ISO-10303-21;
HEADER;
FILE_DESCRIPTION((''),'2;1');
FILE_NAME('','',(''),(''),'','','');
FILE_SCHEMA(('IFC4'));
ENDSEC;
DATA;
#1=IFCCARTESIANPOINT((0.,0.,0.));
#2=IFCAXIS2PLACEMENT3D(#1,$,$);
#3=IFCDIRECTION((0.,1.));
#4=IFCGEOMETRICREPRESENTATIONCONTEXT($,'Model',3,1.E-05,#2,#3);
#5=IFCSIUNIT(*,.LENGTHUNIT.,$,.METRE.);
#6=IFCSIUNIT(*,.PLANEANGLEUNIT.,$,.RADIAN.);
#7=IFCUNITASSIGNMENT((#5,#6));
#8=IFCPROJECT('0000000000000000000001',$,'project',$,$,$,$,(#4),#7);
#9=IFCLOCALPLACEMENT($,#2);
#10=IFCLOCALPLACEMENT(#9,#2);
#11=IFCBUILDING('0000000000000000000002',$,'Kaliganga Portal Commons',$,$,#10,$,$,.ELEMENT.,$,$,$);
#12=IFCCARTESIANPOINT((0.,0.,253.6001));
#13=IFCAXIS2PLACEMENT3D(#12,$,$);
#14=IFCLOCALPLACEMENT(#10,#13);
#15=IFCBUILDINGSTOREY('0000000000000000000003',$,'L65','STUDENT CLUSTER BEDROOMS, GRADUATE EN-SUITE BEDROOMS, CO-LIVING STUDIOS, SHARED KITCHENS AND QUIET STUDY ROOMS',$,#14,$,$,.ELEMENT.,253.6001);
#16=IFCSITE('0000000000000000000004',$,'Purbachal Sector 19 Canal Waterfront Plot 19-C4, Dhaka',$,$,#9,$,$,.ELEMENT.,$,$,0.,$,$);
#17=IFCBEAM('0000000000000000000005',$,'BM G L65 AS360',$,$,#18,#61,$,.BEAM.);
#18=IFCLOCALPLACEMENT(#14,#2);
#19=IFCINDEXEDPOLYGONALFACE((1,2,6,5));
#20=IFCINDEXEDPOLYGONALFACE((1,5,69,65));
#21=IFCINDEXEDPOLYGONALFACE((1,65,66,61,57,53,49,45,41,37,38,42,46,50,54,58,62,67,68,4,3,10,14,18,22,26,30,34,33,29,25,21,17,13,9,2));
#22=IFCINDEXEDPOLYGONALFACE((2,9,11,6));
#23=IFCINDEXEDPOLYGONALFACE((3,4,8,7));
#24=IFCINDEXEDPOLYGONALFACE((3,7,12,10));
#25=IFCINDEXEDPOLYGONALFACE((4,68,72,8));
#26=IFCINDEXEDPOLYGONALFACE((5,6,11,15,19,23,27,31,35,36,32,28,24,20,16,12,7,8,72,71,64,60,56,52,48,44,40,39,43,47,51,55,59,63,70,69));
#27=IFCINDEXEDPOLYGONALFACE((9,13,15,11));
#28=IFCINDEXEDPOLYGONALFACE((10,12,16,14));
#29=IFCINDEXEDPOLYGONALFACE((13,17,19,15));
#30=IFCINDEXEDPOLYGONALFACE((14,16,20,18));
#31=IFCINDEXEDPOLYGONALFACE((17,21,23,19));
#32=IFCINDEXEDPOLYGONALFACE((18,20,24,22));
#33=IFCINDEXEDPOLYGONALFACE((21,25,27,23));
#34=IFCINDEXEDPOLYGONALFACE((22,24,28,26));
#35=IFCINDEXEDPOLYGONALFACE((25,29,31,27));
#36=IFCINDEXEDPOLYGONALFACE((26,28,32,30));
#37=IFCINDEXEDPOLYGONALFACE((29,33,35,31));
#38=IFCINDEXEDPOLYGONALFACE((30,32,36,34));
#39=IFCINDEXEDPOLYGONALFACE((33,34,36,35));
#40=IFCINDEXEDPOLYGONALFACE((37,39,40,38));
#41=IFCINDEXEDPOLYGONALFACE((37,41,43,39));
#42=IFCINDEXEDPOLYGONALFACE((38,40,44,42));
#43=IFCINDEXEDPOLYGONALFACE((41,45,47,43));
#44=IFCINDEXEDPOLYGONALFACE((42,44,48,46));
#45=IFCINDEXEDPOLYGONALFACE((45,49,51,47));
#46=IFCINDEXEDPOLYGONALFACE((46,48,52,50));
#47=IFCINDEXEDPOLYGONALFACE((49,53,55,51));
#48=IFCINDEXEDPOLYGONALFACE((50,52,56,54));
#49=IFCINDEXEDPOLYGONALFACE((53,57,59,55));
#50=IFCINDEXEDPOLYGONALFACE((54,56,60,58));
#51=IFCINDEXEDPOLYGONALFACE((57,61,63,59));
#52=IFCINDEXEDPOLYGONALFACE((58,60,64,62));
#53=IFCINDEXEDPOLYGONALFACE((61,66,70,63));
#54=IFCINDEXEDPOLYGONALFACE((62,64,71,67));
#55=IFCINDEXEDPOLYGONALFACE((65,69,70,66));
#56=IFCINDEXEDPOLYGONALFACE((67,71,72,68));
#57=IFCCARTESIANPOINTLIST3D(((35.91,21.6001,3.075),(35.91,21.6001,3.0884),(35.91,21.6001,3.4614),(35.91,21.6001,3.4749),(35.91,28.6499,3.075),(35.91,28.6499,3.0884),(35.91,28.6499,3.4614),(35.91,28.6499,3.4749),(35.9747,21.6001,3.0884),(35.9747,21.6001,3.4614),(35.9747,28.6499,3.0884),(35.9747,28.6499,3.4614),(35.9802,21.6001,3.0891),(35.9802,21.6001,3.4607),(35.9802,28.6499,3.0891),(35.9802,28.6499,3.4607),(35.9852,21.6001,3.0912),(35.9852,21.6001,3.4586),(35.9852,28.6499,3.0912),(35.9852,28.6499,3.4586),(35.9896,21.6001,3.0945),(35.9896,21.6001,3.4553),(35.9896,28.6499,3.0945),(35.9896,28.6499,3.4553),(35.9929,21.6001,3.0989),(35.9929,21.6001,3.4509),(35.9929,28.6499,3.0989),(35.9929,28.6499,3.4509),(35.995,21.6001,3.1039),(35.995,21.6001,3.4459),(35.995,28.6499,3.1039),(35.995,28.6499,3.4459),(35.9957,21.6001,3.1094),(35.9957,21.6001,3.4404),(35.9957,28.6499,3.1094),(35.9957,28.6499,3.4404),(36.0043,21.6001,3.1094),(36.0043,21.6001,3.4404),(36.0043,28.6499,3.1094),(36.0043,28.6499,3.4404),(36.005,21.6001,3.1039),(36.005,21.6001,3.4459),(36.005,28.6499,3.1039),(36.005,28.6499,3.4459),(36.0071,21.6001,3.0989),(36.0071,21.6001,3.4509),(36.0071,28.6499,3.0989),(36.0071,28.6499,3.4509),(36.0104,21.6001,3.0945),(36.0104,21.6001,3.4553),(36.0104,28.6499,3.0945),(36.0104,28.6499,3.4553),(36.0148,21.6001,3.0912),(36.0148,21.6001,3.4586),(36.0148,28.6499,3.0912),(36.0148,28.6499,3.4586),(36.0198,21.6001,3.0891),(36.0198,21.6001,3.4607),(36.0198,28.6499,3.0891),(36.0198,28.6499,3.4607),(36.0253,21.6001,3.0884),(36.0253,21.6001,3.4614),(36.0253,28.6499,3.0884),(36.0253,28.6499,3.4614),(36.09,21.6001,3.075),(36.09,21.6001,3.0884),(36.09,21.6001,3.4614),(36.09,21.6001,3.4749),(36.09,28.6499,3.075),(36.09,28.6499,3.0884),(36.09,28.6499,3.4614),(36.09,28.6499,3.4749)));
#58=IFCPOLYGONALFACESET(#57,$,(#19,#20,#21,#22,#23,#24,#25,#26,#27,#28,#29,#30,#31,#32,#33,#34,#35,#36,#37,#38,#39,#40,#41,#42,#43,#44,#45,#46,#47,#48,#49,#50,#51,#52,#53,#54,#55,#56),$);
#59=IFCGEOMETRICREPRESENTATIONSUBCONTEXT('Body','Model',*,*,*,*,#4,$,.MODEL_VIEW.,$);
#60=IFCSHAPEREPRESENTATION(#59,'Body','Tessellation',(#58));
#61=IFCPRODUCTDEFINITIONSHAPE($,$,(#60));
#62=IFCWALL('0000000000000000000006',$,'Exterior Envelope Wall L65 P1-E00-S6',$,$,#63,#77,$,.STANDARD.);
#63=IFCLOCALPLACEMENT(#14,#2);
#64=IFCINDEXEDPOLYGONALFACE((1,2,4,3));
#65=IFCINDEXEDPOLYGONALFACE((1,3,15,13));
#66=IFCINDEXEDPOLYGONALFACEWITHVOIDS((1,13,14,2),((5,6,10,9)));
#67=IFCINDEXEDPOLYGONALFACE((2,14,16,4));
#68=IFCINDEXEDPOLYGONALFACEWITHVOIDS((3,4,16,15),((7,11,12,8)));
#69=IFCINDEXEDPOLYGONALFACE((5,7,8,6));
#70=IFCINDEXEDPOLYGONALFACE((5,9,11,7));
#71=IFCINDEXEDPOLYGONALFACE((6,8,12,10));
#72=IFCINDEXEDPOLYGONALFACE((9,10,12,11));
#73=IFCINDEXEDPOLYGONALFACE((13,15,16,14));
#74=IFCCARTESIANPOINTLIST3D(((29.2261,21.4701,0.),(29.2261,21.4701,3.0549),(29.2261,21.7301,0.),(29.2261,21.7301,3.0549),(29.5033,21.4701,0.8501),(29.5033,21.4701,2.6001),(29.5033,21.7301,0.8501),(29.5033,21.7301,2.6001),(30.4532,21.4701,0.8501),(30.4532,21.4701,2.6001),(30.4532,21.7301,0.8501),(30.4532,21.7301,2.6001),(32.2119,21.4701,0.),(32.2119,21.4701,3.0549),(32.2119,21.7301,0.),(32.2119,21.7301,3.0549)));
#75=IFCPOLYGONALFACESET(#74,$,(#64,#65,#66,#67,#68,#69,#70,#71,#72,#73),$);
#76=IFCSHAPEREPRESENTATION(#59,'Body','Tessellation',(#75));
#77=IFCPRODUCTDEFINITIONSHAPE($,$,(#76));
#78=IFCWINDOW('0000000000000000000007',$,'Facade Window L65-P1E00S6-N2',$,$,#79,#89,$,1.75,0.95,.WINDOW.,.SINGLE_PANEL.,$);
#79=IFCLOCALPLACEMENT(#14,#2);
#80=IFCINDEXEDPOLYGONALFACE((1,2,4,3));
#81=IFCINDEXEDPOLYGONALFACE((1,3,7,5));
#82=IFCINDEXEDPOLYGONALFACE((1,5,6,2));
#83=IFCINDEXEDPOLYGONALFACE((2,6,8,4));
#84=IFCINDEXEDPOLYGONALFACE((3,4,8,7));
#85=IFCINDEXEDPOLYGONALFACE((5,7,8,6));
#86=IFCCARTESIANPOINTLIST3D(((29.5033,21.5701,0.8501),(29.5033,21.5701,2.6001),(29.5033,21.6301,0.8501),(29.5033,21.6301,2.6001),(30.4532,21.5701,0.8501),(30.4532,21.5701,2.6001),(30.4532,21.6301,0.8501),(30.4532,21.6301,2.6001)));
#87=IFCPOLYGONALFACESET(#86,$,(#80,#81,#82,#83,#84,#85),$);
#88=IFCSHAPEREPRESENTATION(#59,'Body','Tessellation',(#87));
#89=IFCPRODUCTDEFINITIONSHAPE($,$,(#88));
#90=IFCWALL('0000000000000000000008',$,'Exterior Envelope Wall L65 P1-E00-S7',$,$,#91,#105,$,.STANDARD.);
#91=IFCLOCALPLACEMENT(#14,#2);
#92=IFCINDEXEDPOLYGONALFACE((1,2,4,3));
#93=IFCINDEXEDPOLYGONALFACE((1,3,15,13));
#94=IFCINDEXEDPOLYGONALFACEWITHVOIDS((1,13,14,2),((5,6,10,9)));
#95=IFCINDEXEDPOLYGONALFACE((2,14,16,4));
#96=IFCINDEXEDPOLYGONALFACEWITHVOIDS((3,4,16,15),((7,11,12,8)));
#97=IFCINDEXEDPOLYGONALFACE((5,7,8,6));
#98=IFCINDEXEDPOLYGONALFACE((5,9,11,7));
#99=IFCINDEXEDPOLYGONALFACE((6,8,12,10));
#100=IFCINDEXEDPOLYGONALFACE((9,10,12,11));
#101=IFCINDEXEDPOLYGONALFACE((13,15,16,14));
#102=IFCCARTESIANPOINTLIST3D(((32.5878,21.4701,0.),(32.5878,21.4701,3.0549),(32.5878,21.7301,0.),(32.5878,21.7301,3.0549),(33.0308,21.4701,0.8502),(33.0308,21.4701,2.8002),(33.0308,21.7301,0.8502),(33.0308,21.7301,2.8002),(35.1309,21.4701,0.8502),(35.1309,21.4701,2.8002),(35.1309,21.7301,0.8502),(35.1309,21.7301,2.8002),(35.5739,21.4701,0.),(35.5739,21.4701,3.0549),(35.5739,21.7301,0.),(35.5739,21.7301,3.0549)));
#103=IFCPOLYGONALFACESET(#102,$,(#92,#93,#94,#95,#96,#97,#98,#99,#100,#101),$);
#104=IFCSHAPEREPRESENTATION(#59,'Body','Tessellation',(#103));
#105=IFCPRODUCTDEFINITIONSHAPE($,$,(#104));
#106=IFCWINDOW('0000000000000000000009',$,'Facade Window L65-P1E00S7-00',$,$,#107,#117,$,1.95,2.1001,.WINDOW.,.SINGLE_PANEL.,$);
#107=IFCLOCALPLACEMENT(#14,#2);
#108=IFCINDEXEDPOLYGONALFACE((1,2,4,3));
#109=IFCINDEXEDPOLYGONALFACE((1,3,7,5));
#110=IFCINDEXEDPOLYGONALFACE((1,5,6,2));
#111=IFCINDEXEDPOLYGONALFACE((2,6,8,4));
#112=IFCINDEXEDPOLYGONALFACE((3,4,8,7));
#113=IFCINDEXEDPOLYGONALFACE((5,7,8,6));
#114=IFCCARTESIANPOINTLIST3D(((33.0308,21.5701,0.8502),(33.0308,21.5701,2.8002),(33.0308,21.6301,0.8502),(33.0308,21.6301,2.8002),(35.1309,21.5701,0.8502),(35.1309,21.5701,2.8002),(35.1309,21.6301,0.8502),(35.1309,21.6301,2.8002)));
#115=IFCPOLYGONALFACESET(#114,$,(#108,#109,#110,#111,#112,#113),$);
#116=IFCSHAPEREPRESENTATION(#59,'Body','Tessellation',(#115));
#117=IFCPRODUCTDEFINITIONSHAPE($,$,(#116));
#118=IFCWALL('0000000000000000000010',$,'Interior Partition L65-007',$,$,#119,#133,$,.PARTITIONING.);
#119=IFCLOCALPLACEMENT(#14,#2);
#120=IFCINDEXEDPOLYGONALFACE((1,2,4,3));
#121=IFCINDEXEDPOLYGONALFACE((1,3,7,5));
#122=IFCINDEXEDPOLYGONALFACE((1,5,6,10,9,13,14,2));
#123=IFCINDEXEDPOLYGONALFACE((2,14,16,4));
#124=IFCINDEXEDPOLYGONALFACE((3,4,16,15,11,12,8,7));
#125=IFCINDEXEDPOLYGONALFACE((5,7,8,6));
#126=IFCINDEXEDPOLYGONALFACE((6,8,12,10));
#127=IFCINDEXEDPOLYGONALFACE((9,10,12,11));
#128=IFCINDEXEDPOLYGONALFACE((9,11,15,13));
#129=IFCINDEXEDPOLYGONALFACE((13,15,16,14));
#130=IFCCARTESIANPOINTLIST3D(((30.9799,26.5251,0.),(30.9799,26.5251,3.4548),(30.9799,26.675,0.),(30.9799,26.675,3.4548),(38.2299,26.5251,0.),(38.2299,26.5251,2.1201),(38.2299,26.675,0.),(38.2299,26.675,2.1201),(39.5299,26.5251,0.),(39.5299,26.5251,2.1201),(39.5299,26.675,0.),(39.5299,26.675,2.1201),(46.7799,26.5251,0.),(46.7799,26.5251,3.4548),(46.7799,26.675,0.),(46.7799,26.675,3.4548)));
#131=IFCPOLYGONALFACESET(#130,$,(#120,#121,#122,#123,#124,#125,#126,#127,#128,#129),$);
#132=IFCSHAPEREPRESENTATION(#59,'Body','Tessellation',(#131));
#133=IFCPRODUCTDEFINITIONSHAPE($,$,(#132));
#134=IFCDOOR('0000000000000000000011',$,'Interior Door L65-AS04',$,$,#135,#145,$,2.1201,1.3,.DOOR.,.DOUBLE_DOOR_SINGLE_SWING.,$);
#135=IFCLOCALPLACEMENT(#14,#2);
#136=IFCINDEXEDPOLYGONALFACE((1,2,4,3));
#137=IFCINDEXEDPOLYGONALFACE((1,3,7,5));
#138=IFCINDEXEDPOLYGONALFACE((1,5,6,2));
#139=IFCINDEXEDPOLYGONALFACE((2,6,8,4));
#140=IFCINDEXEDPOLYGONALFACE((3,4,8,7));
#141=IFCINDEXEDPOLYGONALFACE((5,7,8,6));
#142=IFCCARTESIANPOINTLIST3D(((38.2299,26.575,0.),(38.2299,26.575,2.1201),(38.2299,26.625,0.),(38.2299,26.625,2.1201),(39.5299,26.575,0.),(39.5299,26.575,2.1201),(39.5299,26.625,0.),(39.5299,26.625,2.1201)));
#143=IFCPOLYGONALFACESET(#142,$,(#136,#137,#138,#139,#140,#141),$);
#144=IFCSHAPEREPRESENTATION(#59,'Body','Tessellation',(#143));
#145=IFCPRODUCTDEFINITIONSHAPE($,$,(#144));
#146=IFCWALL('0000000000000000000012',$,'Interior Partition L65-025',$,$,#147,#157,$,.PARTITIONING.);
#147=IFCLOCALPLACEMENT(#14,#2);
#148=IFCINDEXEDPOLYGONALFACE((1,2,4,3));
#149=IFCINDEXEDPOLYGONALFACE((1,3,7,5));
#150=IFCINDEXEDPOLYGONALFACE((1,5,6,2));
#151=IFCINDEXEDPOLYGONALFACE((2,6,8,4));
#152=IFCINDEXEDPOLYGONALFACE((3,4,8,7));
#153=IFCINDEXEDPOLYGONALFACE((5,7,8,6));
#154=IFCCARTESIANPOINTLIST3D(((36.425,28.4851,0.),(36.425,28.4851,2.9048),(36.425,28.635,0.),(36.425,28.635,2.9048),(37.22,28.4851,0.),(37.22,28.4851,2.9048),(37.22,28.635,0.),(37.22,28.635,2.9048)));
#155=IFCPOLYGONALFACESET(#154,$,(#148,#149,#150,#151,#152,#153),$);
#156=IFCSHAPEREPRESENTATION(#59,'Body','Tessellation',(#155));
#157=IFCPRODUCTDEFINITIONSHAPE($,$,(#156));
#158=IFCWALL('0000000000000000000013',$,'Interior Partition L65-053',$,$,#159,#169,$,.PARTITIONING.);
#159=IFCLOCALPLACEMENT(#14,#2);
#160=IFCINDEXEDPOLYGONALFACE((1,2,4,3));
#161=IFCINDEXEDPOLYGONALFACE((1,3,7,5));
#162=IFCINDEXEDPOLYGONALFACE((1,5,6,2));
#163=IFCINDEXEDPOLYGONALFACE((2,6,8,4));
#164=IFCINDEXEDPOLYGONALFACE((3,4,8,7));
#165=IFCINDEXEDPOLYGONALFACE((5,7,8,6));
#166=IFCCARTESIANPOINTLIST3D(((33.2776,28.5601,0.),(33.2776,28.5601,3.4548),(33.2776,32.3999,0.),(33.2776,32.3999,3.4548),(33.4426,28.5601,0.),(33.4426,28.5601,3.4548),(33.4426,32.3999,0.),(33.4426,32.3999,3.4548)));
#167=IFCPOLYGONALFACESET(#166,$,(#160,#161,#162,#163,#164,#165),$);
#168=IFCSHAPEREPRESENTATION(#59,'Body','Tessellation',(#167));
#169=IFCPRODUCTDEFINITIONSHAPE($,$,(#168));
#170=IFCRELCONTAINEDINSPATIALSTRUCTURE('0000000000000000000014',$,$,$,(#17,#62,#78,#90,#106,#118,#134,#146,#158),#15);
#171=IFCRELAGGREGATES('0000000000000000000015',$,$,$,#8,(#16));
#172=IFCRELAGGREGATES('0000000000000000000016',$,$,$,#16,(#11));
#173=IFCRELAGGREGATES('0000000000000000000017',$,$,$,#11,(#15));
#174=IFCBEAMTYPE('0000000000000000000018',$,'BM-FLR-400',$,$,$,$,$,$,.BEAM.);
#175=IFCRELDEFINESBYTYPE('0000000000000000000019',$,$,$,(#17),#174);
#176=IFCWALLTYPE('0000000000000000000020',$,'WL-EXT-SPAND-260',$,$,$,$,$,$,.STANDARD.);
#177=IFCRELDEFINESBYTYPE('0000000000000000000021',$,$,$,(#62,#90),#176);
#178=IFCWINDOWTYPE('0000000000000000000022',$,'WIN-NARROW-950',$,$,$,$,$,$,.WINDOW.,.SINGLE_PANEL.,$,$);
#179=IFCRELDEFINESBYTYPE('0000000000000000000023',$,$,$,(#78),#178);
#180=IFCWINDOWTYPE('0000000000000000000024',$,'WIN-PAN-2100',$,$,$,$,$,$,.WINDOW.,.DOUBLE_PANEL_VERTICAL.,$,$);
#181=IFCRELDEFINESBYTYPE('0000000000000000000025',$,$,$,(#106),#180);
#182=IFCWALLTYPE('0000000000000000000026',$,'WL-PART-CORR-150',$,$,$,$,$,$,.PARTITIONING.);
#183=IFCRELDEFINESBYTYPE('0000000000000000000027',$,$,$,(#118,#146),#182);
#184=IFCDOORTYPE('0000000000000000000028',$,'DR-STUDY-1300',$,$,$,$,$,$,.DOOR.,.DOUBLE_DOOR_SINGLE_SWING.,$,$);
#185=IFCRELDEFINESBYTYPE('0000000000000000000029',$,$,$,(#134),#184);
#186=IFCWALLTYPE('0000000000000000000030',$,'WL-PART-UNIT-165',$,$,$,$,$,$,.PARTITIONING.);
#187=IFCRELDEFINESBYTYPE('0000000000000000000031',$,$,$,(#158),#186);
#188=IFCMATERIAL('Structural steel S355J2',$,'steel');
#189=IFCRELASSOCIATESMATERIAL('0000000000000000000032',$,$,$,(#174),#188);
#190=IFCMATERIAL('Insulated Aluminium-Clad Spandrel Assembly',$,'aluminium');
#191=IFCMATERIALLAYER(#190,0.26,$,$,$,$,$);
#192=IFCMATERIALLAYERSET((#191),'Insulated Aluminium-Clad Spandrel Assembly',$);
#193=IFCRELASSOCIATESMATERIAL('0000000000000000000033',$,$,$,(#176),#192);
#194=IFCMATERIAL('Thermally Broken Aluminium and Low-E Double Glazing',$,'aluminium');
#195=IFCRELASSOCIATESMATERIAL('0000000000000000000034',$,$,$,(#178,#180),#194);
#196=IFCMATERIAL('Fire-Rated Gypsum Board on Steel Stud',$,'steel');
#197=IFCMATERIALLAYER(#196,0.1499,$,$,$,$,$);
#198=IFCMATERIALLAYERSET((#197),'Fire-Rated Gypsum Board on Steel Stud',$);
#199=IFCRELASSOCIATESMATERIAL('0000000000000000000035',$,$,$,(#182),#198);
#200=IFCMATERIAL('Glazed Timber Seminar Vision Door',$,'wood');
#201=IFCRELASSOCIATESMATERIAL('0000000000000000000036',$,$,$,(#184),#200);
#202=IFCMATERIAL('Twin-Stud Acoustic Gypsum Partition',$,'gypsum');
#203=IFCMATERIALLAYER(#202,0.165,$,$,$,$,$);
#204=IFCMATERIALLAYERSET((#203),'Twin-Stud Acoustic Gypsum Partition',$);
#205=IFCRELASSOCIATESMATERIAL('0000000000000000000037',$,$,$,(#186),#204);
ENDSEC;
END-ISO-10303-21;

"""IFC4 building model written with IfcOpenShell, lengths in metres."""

from ifc_helpers import new_model, si_unit, direction, frame, frame_2d, origin, origin_2d, place, context, subcontext, project, spatial, rectangle, i_section, extrude, source, transform, mapped, material, layer, layer_set, material_profile, profile_set, type_object, element, fill, save


model = new_model("IFC4")

# Units and contexts
model_context = context("Model", 3, precision=1e-05, world=origin(), true_north=direction((0.0, 1.0)))
body_context = subcontext(model_context, "Body", "Model", "MODEL_VIEW")
ifc_project = project(units=[si_unit("LENGTHUNIT", "METRE"), si_unit("PLANEANGLEUNIT", "RADIAN")], contexts=[model_context])

# Site, building, storey
site_placement = place(None, origin())
site = spatial("IfcSite", under=ifc_project, at=site_placement, Name="Purbachal Sector 19 Canal Waterfront Plot 19-C4, Dhaka", CompositionType="ELEMENT", RefElevation=0.0)
building_placement = place(site_placement, origin())
building = spatial("IfcBuilding", under=site, at=building_placement, Name="Kaliganga Portal Commons", CompositionType="ELEMENT")
storey_placement = place(building_placement, frame((0.0, 0.0, 253.6001)))
storey = spatial("IfcBuildingStorey", under=building, at=storey_placement, Name="L65", Description="STUDENT CLUSTER BEDROOMS, GRADUATE EN-SUITE BEDROOMS, CO-LIVING STUDIOS, SHARED KITCHENS AND QUIET STUDY ROOMS", CompositionType="ELEMENT", Elevation=253.6001)

# Shared definitions
ifc_material_1 = material(Name="Structural steel S355J2", Category="steel")

# Beam
ifc_material_profile_1 = material_profile(ifc_material_1, i_section(OverallWidth=0.1799, OverallDepth=0.3999, WebThickness=0.0085, FlangeThickness=0.0134, FilletRadius=0.021, at=origin_2d()), Name="IPE 400")
ifc_profile_set_1 = profile_set([ifc_material_profile_1], Name="Structural steel S355J2 wide-flange")
beam_type_1 = type_object("IfcBeamType", Name="BM-FLR-400", PredefinedType="BEAM", material=ifc_profile_set_1)
shared_shape_1 = source(origin(), body_context, "Body", "SweptSolid", [
    extrude(i_section(OverallWidth=0.1799, OverallDepth=0.3999, WebThickness=0.0085, FlangeThickness=0.0134, FilletRadius=0.021, at=origin_2d()), origin(), (0.0, 0.0, 1.0), 7.0498),
])
beam_1_placement = place(storey_placement, frame((36.0, 21.6001, 3.2749), z_axis=(0.0, 1.0, 0.0), x_axis=(-1.0, 0.0, 0.0)))
element("IfcBeam", 1, at=beam_1_placement, inside=storey, type_object=beam_type_1, Name="BM G L65 AS360", PredefinedType="BEAM", context=body_context, shape_type="MappedRepresentation", body=[
    mapped(shared_shape_1, transform((0.0, 0.0, 0.0), x_axis=(1.0, 0.0, 0.0), y_axis=(0.0, 1.0, 0.0), z_axis=(0.0, 0.0, 1.0), scale=1.0)),
])

# Walls, openings, windows
ifc_material_2 = material(Name="Insulated Aluminium-Clad Spandrel Assembly", Category="aluminium")
ifc_layer_1 = layer(ifc_material_2, 0.26)
ifc_layer_set_1 = layer_set([ifc_layer_1], Name="Insulated Aluminium-Clad Spandrel Assembly")
wall_type_1 = type_object("IfcWallType", Name="WL-EXT-SPAND-260", PredefinedType="STANDARD", material=ifc_layer_set_1)
wall_1_placement = place(storey_placement, frame((32.2119, 21.6001, 0.0), z_axis=(0.0, 0.0, 1.0), x_axis=(-1.0, 0.0, 0.0)))
wall_1 = element("IfcWall", 2, at=wall_1_placement, inside=storey, type_object=wall_type_1, Name="Exterior Envelope Wall L65 P1-E00-S6", PredefinedType="STANDARD", context=body_context, shape_type="SweptSolid", body=[
    extrude(rectangle(XDim=2.9858, YDim=0.26, at=frame_2d((1.4929, 0.0))), origin(), (0.0, 0.0, 1.0), 3.0549),
])
opening_1_placement = place(wall_1_placement, frame((1.7585, 0.0, 0.8501)))
opening_1 = element("IfcOpeningElement", 3, at=opening_1_placement, cuts=wall_1, PredefinedType="OPENING", context=body_context, shape_type="SweptSolid", body=[
    extrude(rectangle(XDim=0.95, YDim=1.75, at=frame_2d((0.4751, 0.875))), frame((0.0, 0.1401, 0.0), z_axis=(0.0, -1.0, 0.0), x_axis=(1.0, 0.0, 0.0)), (0.0, 0.0, 1.0), 0.28),
])
ifc_material_3 = material(Name="Thermally Broken Aluminium and Low-E Double Glazing", Category="aluminium")
window_type_1 = type_object("IfcWindowType", Name="WIN-NARROW-950", PartitioningType="SINGLE_PANEL", PredefinedType="WINDOW", material=ifc_material_3)
window_1_placement = place(opening_1_placement, origin())
window_1 = element("IfcWindow", 4, at=window_1_placement, inside=storey, type_object=window_type_1, Name="Facade Window L65-P1E00S6-N2", OverallHeight=1.75, OverallWidth=0.95, PartitioningType="SINGLE_PANEL", PredefinedType="WINDOW", context=body_context, shape_type="SweptSolid", body=[
    extrude(rectangle(XDim=0.95, YDim=1.75, at=frame_2d((0.4751, 0.875))), frame((0.0, 0.03, 0.0), z_axis=(0.0, -1.0, 0.0), x_axis=(1.0, 0.0, 0.0)), (0.0, 0.0, 1.0), 0.0601),
])
fill(opening_1, window_1)
wall_2_placement = place(storey_placement, frame((35.574, 21.6001, 0.0), z_axis=(0.0, 0.0, 1.0), x_axis=(-1.0, 0.0, 0.0)))
wall_2 = element("IfcWall", 5, at=wall_2_placement, inside=storey, type_object=wall_type_1, Name="Exterior Envelope Wall L65 P1-E00-S7", PredefinedType="STANDARD", context=body_context, shape_type="SweptSolid", body=[
    extrude(rectangle(XDim=2.9861, YDim=0.26, at=frame_2d((1.4932, 0.0))), origin(), (0.0, 0.0, 1.0), 3.0549),
])
opening_2_placement = place(wall_2_placement, frame((0.4431, 0.0, 0.8501)))
opening_2 = element("IfcOpeningElement", 6, at=opening_2_placement, cuts=wall_2, PredefinedType="OPENING", context=body_context, shape_type="SweptSolid", body=[
    extrude(rectangle(XDim=2.1001, YDim=1.95, at=frame_2d((1.05, 0.9751))), frame((0.0, 0.1401, 0.0), z_axis=(0.0, -1.0, 0.0), x_axis=(1.0, 0.0, 0.0)), (0.0, 0.0, 1.0), 0.28),
])
window_type_2 = type_object("IfcWindowType", Name="WIN-PAN-2100", PartitioningType="DOUBLE_PANEL_VERTICAL", PredefinedType="WINDOW", material=ifc_material_3)
window_2_placement = place(opening_2_placement, origin())
window_2 = element("IfcWindow", 7, at=window_2_placement, inside=storey, type_object=window_type_2, Name="Facade Window L65-P1E00S7-00", OverallHeight=1.95, OverallWidth=2.1001, PartitioningType="SINGLE_PANEL", PredefinedType="WINDOW", context=body_context, shape_type="SweptSolid", body=[
    extrude(rectangle(XDim=2.1001, YDim=1.95, at=frame_2d((1.05, 0.9751))), frame((0.0, 0.03, 0.0), z_axis=(0.0, -1.0, 0.0), x_axis=(1.0, 0.0, 0.0)), (0.0, 0.0, 1.0), 0.0601),
])
fill(opening_2, window_2)

# Wall, opening, door
ifc_material_4 = material(Name="Fire-Rated Gypsum Board on Steel Stud", Category="steel")
ifc_layer_2 = layer(ifc_material_4, 0.1499)
ifc_layer_set_2 = layer_set([ifc_layer_2], Name="Fire-Rated Gypsum Board on Steel Stud")
wall_type_2 = type_object("IfcWallType", Name="WL-PART-CORR-150", PredefinedType="PARTITIONING", material=ifc_layer_set_2)
wall_3_placement = place(storey_placement, frame((30.98, 26.6001, 0.0), z_axis=(0.0, 0.0, 1.0), x_axis=(1.0, 0.0, 0.0)))
wall_3 = element("IfcWall", 8, at=wall_3_placement, inside=storey, type_object=wall_type_2, Name="Interior Partition L65-007", PredefinedType="PARTITIONING", context=body_context, shape_type="SweptSolid", body=[
    extrude(rectangle(XDim=15.8, YDim=0.1499, at=frame_2d((7.8999, 0.0))), origin(), (0.0, 0.0, 1.0), 3.4548),
])
opening_3_placement = place(wall_3_placement, frame((7.25, 0.0, 0.0)))
opening_3 = element("IfcOpeningElement", 9, at=opening_3_placement, cuts=wall_3, PredefinedType="OPENING", context=body_context, shape_type="SweptSolid", body=[
    extrude(rectangle(XDim=1.3, YDim=2.1201, at=frame_2d((0.6499, 1.0601))), frame((0.0, 0.085, 0.0), z_axis=(0.0, -1.0, 0.0), x_axis=(1.0, 0.0, 0.0)), (0.0, 0.0, 1.0), 0.1699),
])
ifc_material_5 = material(Name="Glazed Timber Seminar Vision Door", Category="wood")
door_type = type_object("IfcDoorType", Name="DR-STUDY-1300", OperationType="DOUBLE_DOOR_SINGLE_SWING", PredefinedType="DOOR", material=ifc_material_5)
door_1_placement = place(opening_3_placement, origin())
door_1 = element("IfcDoor", 10, at=door_1_placement, inside=storey, type_object=door_type, Name="Interior Door L65-AS04", OperationType="DOUBLE_DOOR_SINGLE_SWING", OverallHeight=2.1201, OverallWidth=1.3, PredefinedType="DOOR", context=body_context, shape_type="SweptSolid", body=[
    extrude(rectangle(XDim=1.3, YDim=2.1201, at=frame_2d((0.6499, 1.0601))), frame((0.0, 0.0249, 0.0), z_axis=(0.0, -1.0, 0.0), x_axis=(1.0, 0.0, 0.0)), (0.0, 0.0, 1.0), 0.05),
])
fill(opening_3, door_1)

# Walls
wall_4_placement = place(storey_placement, frame((36.425, 28.5601, 0.0), z_axis=(0.0, 0.0, 1.0), x_axis=(1.0, 0.0, 0.0)))
element("IfcWall", 11, at=wall_4_placement, inside=storey, type_object=wall_type_2, Name="Interior Partition L65-025", PredefinedType="PARTITIONING", context=body_context, shape_type="SweptSolid", body=[
    extrude(rectangle(XDim=0.7949, YDim=0.1499, at=frame_2d((0.3975, 0.0))), origin(), (0.0, 0.0, 1.0), 2.9048),
])
ifc_material_6 = material(Name="Twin-Stud Acoustic Gypsum Partition", Category="gypsum")
ifc_layer_3 = layer(ifc_material_6, 0.165)
ifc_layer_set_3 = layer_set([ifc_layer_3], Name="Twin-Stud Acoustic Gypsum Partition")
wall_type_3 = type_object("IfcWallType", Name="WL-PART-UNIT-165", PredefinedType="PARTITIONING", material=ifc_layer_set_3)
wall_5_placement = place(storey_placement, frame((33.3601, 28.5601, 0.0), z_axis=(0.0, 0.0, 1.0), x_axis=(0.0, 1.0, 0.0)))
element("IfcWall", 12, at=wall_5_placement, inside=storey, type_object=wall_type_3, Name="Interior Partition L65-053", PredefinedType="PARTITIONING", context=body_context, shape_type="SweptSolid", body=[
    extrude(rectangle(XDim=3.8398, YDim=0.165, at=frame_2d((1.9199, 0.0))), origin(), (0.0, 0.0, 1.0), 3.4548),
])

save(model, "model.ifc")
